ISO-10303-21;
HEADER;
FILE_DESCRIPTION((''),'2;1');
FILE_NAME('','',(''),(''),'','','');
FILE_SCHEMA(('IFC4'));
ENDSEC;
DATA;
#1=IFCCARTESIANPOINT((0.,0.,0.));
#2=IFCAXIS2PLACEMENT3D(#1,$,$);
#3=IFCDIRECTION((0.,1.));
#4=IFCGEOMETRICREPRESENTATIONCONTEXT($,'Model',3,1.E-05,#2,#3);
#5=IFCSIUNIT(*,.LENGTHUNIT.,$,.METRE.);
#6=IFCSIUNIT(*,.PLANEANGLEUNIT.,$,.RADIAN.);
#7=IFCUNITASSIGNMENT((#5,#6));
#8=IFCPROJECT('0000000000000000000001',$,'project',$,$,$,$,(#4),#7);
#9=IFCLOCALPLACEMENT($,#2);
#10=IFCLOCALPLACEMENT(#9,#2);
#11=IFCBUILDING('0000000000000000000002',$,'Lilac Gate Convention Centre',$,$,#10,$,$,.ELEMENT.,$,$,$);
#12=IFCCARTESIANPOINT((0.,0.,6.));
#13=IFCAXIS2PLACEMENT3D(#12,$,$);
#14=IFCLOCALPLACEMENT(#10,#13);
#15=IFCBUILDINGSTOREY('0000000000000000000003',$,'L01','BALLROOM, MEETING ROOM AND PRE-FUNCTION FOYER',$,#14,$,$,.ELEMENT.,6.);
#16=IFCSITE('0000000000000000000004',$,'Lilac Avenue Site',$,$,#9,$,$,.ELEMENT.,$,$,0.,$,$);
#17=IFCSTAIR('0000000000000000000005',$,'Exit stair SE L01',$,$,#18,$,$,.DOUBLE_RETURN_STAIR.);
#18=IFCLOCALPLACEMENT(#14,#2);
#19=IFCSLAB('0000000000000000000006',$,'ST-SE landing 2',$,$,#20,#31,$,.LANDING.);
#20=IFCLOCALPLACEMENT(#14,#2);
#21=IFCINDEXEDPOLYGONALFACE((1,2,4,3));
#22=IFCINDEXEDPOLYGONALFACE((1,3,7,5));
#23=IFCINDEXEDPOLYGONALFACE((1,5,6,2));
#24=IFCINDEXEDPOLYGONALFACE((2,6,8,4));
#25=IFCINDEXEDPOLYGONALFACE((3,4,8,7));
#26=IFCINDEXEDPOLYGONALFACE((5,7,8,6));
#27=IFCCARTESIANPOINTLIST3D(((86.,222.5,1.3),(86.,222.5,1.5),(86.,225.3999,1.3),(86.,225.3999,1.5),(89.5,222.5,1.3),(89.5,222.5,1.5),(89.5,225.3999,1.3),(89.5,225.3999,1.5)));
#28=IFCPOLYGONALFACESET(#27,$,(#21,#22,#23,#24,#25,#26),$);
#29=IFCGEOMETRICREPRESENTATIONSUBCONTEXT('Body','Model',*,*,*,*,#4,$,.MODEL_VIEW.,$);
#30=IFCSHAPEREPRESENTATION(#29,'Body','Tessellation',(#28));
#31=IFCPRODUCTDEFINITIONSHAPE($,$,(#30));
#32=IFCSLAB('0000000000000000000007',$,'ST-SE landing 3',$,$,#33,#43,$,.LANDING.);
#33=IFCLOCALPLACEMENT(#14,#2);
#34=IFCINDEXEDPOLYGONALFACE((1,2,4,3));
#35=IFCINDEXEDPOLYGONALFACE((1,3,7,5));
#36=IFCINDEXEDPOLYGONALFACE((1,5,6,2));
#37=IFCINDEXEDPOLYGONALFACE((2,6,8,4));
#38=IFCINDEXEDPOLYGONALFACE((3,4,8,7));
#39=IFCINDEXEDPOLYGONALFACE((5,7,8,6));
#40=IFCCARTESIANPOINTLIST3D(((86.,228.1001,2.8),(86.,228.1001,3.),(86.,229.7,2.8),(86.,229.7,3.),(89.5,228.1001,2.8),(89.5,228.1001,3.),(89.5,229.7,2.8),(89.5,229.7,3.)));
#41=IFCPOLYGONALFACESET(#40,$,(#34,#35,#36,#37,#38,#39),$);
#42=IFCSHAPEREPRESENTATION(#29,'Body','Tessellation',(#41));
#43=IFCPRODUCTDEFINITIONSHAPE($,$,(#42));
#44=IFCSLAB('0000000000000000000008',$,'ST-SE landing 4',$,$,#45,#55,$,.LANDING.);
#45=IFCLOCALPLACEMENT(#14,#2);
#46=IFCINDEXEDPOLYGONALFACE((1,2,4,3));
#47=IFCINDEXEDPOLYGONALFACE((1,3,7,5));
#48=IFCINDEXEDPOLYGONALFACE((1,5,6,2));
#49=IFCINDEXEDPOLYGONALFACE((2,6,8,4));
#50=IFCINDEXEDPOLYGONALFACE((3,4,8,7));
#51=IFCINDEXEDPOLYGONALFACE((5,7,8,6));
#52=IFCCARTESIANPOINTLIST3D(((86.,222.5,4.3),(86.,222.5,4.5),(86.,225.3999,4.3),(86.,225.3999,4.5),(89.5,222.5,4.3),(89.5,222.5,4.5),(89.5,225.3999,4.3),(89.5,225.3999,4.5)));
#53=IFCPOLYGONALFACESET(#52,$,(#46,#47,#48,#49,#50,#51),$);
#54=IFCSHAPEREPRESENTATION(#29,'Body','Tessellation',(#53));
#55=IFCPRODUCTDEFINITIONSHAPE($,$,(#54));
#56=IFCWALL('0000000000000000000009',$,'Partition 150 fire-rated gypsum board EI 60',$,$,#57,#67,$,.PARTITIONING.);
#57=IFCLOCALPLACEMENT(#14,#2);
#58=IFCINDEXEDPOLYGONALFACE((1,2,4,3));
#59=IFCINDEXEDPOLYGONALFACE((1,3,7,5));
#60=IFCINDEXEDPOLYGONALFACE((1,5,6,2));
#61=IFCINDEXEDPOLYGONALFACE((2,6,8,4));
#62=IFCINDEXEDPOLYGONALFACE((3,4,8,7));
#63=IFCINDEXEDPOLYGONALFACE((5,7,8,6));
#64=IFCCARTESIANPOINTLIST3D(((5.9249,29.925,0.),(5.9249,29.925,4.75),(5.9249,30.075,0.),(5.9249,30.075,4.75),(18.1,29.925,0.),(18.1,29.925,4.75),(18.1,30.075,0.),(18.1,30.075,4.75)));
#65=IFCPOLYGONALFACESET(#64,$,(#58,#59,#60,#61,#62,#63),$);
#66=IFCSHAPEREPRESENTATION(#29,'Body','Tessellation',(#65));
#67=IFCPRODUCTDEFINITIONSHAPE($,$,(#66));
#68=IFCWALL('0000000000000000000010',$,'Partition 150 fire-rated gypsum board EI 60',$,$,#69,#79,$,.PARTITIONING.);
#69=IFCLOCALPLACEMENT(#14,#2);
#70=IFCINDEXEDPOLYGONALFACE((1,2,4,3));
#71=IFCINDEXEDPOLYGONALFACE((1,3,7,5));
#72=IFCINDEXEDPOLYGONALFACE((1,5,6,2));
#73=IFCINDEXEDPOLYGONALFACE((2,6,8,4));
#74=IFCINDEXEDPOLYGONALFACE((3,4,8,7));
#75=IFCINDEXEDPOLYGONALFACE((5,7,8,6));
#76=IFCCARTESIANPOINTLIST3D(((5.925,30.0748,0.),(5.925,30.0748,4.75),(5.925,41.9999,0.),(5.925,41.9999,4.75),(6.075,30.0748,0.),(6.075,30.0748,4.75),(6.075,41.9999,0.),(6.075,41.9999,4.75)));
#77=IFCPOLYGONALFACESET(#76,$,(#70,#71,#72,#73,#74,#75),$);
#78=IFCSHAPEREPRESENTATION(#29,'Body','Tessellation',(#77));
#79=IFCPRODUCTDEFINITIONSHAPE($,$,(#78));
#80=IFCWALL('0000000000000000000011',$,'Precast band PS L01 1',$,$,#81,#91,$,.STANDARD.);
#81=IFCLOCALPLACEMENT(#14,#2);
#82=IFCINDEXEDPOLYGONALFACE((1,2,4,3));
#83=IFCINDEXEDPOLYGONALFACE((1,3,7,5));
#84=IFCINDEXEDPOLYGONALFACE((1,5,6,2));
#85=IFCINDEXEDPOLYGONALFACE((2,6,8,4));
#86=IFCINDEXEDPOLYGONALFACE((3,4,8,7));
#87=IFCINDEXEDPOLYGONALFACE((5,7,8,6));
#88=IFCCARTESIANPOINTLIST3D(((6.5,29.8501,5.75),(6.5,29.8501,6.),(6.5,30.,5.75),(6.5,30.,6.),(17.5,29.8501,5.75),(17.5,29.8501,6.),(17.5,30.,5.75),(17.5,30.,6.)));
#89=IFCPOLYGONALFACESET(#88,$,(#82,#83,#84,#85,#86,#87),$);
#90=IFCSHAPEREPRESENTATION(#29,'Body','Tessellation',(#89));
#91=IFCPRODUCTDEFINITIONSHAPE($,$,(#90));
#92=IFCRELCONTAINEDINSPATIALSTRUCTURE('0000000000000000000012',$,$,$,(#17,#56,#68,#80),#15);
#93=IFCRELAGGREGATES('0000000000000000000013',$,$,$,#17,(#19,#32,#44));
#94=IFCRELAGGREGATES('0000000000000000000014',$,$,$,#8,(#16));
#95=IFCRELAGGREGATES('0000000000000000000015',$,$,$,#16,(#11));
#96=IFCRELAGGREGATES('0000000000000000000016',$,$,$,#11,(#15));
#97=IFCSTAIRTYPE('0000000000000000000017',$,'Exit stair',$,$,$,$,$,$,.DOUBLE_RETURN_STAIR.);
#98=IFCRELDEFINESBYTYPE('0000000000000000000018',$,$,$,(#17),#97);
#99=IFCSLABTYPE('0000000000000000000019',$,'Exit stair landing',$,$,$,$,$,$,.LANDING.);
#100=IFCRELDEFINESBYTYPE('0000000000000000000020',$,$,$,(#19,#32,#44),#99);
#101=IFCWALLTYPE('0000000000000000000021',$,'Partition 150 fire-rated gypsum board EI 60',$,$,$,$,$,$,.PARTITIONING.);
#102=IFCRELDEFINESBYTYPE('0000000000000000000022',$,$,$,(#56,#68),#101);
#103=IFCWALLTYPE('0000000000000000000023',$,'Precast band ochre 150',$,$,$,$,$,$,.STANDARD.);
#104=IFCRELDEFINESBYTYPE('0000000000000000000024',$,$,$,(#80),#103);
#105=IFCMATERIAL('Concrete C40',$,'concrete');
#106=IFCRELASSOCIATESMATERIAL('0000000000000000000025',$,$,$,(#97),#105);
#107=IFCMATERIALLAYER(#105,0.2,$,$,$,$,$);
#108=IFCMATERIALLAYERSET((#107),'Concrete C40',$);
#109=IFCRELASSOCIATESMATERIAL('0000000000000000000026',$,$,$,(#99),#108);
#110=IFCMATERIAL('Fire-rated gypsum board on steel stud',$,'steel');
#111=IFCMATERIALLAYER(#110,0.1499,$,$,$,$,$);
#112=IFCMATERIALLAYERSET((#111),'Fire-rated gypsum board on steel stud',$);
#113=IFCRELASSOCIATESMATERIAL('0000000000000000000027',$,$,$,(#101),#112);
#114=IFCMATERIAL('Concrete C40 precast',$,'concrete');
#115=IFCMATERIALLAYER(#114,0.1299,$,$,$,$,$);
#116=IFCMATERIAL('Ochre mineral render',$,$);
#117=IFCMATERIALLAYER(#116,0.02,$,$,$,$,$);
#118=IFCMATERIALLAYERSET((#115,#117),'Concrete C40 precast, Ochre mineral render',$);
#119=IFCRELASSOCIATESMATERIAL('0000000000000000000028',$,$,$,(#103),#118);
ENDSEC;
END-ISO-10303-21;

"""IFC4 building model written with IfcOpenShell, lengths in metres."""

from ifc_helpers import new_model, si_unit, direction, frame, frame_2d, origin, place, context, subcontext, project, spatial, polyline, rectangle, outline, extrude, material, layer, layer_set, type_object, element, aggregate, save


model = new_model("IFC4")

# Units and contexts
model_context = context("Model", 3, precision=1e-05, world=origin(), true_north=direction((0.0, 1.0)))
body_context = subcontext(model_context, "Body", "Model", "MODEL_VIEW")
ifc_project = project(units=[si_unit("LENGTHUNIT", "METRE"), si_unit("PLANEANGLEUNIT", "RADIAN")], contexts=[model_context])

# Site, building, storey
site_placement = place(None, origin())
site = spatial("IfcSite", under=ifc_project, at=site_placement, Name="Lilac Avenue Site", CompositionType="ELEMENT", RefElevation=0.0)
building_placement = place(site_placement, origin())
building = spatial("IfcBuilding", under=site, at=building_placement, Name="Lilac Gate Convention Centre", CompositionType="ELEMENT")
storey_placement = place(building_placement, frame((0.0, 0.0, 6.0)))
storey = spatial("IfcBuildingStorey", under=building, at=storey_placement, Name="L01", Description="BALLROOM, MEETING ROOM AND PRE-FUNCTION FOYER", CompositionType="ELEMENT", Elevation=6.0)

# Shared definitions
ifc_material_1 = material(Name="Concrete C40", Category="concrete")

# Stair, slabs
stair_type = type_object("IfcStairType", Name="Exit stair", PredefinedType="DOUBLE_RETURN_STAIR", material=ifc_material_1)
ifc_layer_1 = layer(ifc_material_1, 0.2)
ifc_layer_set_1 = layer_set([ifc_layer_1], Name="Concrete C40")
slab_type = type_object("IfcSlabType", Name="Exit stair landing", PredefinedType="LANDING", material=ifc_layer_set_1)
stair_1_placement = place(storey_placement, origin())
stair_1 = element("IfcStair", 1, at=stair_1_placement, inside=storey, type_object=stair_type, Name="Exit stair SE L01", PredefinedType="DOUBLE_RETURN_STAIR")
slab_1_placement = place(storey_placement, frame((0.0, 0.0, 1.3)))
slab_1 = element("IfcSlab", 2, at=slab_1_placement, type_object=slab_type, Name="ST-SE landing 2", PredefinedType="LANDING", context=body_context, shape_type="SweptSolid", body=[
    extrude(outline(polyline([(86.0, 222.5), (89.5, 222.5), (89.5, 225.3999), (86.0, 225.3999), (86.0, 222.5)])), origin(), (0.0, 0.0, 1.0), 0.2),
])
slab_2_placement = place(storey_placement, frame((0.0, 0.0, 2.8)))
slab_2 = element("IfcSlab", 3, at=slab_2_placement, type_object=slab_type, Name="ST-SE landing 3", PredefinedType="LANDING", context=body_context, shape_type="SweptSolid", body=[
    extrude(outline(polyline([(86.0, 228.1001), (89.5, 228.1001), (89.5, 229.7), (86.0, 229.7), (86.0, 228.1001)])), origin(), (0.0, 0.0, 1.0), 0.2),
])
slab_3_placement = place(storey_placement, frame((0.0, 0.0, 4.3)))
slab_3 = element("IfcSlab", 4, at=slab_3_placement, type_object=slab_type, Name="ST-SE landing 4", PredefinedType="LANDING", context=body_context, shape_type="SweptSolid", body=[
    extrude(outline(polyline([(86.0, 222.5), (89.5, 222.5), (89.5, 225.3999), (86.0, 225.3999), (86.0, 222.5)])), origin(), (0.0, 0.0, 1.0), 0.2),
])
aggregate(stair_1, [slab_1, slab_2, slab_3])

# Walls
ifc_material_2 = material(Name="Fire-rated gypsum board on steel stud", Category="steel")
ifc_layer_2 = layer(ifc_material_2, 0.1499)
ifc_layer_set_2 = layer_set([ifc_layer_2], Name="Fire-rated gypsum board on steel stud")
wall_type_1 = type_object("IfcWallType", Name="Partition 150 fire-rated gypsum board EI 60", PredefinedType="PARTITIONING", material=ifc_layer_set_2)
wall_1_placement = place(storey_placement, frame((5.925, 30.0, 0.0), z_axis=(0.0, 0.0, 1.0), x_axis=(1.0, 0.0, 0.0)))
element("IfcWall", 5, at=wall_1_placement, inside=storey, type_object=wall_type_1, Name="Partition 150 fire-rated gypsum board EI 60", PredefinedType="PARTITIONING", context=body_context, shape_type="SweptSolid", body=[
    extrude(rectangle(XDim=12.175, YDim=0.1499, at=frame_2d((6.0874, 0.0))), origin(), (0.0, 0.0, 1.0), 4.75),
])
wall_2_placement = place(storey_placement, frame((6.0, 30.075, 0.0), z_axis=(0.0, 0.0, 1.0), x_axis=(0.0, 1.0, 0.0)))
element("IfcWall", 6, at=wall_2_placement, inside=storey, type_object=wall_type_1, Name="Partition 150 fire-rated gypsum board EI 60", PredefinedType="PARTITIONING", context=body_context, shape_type="SweptSolid", body=[
    extrude(rectangle(XDim=11.925, YDim=0.1499, at=frame_2d((5.9624, 0.0))), origin(), (0.0, 0.0, 1.0), 4.75),
])
ifc_material_3 = material(Name="Concrete C40 precast", Category="concrete")
ifc_layer_3 = layer(ifc_material_3, 0.1299)
ifc_material_4 = material(Name="Ochre mineral render")
ifc_layer_4 = layer(ifc_material_4, 0.02)
ifc_layer_set_3 = layer_set([ifc_layer_3, ifc_layer_4], Name="Concrete C40 precast, Ochre mineral render")
wall_type_2 = type_object("IfcWallType", Name="Precast band ochre 150", PredefinedType="STANDARD", material=ifc_layer_set_3)
wall_3_placement = place(storey_placement, frame((6.5, 29.925, 5.75), z_axis=(0.0, 0.0, 1.0), x_axis=(1.0, 0.0, 0.0)))
element("IfcWall", 7, at=wall_3_placement, inside=storey, type_object=wall_type_2, Name="Precast band PS L01 1", PredefinedType="STANDARD", context=body_context, shape_type="SweptSolid", body=[
    extrude(rectangle(XDim=11.0, YDim=0.1499, at=frame_2d((5.5, 0.0))), origin(), (0.0, 0.0, 1.0), 0.25),
])

save(model, "model.ifc")
